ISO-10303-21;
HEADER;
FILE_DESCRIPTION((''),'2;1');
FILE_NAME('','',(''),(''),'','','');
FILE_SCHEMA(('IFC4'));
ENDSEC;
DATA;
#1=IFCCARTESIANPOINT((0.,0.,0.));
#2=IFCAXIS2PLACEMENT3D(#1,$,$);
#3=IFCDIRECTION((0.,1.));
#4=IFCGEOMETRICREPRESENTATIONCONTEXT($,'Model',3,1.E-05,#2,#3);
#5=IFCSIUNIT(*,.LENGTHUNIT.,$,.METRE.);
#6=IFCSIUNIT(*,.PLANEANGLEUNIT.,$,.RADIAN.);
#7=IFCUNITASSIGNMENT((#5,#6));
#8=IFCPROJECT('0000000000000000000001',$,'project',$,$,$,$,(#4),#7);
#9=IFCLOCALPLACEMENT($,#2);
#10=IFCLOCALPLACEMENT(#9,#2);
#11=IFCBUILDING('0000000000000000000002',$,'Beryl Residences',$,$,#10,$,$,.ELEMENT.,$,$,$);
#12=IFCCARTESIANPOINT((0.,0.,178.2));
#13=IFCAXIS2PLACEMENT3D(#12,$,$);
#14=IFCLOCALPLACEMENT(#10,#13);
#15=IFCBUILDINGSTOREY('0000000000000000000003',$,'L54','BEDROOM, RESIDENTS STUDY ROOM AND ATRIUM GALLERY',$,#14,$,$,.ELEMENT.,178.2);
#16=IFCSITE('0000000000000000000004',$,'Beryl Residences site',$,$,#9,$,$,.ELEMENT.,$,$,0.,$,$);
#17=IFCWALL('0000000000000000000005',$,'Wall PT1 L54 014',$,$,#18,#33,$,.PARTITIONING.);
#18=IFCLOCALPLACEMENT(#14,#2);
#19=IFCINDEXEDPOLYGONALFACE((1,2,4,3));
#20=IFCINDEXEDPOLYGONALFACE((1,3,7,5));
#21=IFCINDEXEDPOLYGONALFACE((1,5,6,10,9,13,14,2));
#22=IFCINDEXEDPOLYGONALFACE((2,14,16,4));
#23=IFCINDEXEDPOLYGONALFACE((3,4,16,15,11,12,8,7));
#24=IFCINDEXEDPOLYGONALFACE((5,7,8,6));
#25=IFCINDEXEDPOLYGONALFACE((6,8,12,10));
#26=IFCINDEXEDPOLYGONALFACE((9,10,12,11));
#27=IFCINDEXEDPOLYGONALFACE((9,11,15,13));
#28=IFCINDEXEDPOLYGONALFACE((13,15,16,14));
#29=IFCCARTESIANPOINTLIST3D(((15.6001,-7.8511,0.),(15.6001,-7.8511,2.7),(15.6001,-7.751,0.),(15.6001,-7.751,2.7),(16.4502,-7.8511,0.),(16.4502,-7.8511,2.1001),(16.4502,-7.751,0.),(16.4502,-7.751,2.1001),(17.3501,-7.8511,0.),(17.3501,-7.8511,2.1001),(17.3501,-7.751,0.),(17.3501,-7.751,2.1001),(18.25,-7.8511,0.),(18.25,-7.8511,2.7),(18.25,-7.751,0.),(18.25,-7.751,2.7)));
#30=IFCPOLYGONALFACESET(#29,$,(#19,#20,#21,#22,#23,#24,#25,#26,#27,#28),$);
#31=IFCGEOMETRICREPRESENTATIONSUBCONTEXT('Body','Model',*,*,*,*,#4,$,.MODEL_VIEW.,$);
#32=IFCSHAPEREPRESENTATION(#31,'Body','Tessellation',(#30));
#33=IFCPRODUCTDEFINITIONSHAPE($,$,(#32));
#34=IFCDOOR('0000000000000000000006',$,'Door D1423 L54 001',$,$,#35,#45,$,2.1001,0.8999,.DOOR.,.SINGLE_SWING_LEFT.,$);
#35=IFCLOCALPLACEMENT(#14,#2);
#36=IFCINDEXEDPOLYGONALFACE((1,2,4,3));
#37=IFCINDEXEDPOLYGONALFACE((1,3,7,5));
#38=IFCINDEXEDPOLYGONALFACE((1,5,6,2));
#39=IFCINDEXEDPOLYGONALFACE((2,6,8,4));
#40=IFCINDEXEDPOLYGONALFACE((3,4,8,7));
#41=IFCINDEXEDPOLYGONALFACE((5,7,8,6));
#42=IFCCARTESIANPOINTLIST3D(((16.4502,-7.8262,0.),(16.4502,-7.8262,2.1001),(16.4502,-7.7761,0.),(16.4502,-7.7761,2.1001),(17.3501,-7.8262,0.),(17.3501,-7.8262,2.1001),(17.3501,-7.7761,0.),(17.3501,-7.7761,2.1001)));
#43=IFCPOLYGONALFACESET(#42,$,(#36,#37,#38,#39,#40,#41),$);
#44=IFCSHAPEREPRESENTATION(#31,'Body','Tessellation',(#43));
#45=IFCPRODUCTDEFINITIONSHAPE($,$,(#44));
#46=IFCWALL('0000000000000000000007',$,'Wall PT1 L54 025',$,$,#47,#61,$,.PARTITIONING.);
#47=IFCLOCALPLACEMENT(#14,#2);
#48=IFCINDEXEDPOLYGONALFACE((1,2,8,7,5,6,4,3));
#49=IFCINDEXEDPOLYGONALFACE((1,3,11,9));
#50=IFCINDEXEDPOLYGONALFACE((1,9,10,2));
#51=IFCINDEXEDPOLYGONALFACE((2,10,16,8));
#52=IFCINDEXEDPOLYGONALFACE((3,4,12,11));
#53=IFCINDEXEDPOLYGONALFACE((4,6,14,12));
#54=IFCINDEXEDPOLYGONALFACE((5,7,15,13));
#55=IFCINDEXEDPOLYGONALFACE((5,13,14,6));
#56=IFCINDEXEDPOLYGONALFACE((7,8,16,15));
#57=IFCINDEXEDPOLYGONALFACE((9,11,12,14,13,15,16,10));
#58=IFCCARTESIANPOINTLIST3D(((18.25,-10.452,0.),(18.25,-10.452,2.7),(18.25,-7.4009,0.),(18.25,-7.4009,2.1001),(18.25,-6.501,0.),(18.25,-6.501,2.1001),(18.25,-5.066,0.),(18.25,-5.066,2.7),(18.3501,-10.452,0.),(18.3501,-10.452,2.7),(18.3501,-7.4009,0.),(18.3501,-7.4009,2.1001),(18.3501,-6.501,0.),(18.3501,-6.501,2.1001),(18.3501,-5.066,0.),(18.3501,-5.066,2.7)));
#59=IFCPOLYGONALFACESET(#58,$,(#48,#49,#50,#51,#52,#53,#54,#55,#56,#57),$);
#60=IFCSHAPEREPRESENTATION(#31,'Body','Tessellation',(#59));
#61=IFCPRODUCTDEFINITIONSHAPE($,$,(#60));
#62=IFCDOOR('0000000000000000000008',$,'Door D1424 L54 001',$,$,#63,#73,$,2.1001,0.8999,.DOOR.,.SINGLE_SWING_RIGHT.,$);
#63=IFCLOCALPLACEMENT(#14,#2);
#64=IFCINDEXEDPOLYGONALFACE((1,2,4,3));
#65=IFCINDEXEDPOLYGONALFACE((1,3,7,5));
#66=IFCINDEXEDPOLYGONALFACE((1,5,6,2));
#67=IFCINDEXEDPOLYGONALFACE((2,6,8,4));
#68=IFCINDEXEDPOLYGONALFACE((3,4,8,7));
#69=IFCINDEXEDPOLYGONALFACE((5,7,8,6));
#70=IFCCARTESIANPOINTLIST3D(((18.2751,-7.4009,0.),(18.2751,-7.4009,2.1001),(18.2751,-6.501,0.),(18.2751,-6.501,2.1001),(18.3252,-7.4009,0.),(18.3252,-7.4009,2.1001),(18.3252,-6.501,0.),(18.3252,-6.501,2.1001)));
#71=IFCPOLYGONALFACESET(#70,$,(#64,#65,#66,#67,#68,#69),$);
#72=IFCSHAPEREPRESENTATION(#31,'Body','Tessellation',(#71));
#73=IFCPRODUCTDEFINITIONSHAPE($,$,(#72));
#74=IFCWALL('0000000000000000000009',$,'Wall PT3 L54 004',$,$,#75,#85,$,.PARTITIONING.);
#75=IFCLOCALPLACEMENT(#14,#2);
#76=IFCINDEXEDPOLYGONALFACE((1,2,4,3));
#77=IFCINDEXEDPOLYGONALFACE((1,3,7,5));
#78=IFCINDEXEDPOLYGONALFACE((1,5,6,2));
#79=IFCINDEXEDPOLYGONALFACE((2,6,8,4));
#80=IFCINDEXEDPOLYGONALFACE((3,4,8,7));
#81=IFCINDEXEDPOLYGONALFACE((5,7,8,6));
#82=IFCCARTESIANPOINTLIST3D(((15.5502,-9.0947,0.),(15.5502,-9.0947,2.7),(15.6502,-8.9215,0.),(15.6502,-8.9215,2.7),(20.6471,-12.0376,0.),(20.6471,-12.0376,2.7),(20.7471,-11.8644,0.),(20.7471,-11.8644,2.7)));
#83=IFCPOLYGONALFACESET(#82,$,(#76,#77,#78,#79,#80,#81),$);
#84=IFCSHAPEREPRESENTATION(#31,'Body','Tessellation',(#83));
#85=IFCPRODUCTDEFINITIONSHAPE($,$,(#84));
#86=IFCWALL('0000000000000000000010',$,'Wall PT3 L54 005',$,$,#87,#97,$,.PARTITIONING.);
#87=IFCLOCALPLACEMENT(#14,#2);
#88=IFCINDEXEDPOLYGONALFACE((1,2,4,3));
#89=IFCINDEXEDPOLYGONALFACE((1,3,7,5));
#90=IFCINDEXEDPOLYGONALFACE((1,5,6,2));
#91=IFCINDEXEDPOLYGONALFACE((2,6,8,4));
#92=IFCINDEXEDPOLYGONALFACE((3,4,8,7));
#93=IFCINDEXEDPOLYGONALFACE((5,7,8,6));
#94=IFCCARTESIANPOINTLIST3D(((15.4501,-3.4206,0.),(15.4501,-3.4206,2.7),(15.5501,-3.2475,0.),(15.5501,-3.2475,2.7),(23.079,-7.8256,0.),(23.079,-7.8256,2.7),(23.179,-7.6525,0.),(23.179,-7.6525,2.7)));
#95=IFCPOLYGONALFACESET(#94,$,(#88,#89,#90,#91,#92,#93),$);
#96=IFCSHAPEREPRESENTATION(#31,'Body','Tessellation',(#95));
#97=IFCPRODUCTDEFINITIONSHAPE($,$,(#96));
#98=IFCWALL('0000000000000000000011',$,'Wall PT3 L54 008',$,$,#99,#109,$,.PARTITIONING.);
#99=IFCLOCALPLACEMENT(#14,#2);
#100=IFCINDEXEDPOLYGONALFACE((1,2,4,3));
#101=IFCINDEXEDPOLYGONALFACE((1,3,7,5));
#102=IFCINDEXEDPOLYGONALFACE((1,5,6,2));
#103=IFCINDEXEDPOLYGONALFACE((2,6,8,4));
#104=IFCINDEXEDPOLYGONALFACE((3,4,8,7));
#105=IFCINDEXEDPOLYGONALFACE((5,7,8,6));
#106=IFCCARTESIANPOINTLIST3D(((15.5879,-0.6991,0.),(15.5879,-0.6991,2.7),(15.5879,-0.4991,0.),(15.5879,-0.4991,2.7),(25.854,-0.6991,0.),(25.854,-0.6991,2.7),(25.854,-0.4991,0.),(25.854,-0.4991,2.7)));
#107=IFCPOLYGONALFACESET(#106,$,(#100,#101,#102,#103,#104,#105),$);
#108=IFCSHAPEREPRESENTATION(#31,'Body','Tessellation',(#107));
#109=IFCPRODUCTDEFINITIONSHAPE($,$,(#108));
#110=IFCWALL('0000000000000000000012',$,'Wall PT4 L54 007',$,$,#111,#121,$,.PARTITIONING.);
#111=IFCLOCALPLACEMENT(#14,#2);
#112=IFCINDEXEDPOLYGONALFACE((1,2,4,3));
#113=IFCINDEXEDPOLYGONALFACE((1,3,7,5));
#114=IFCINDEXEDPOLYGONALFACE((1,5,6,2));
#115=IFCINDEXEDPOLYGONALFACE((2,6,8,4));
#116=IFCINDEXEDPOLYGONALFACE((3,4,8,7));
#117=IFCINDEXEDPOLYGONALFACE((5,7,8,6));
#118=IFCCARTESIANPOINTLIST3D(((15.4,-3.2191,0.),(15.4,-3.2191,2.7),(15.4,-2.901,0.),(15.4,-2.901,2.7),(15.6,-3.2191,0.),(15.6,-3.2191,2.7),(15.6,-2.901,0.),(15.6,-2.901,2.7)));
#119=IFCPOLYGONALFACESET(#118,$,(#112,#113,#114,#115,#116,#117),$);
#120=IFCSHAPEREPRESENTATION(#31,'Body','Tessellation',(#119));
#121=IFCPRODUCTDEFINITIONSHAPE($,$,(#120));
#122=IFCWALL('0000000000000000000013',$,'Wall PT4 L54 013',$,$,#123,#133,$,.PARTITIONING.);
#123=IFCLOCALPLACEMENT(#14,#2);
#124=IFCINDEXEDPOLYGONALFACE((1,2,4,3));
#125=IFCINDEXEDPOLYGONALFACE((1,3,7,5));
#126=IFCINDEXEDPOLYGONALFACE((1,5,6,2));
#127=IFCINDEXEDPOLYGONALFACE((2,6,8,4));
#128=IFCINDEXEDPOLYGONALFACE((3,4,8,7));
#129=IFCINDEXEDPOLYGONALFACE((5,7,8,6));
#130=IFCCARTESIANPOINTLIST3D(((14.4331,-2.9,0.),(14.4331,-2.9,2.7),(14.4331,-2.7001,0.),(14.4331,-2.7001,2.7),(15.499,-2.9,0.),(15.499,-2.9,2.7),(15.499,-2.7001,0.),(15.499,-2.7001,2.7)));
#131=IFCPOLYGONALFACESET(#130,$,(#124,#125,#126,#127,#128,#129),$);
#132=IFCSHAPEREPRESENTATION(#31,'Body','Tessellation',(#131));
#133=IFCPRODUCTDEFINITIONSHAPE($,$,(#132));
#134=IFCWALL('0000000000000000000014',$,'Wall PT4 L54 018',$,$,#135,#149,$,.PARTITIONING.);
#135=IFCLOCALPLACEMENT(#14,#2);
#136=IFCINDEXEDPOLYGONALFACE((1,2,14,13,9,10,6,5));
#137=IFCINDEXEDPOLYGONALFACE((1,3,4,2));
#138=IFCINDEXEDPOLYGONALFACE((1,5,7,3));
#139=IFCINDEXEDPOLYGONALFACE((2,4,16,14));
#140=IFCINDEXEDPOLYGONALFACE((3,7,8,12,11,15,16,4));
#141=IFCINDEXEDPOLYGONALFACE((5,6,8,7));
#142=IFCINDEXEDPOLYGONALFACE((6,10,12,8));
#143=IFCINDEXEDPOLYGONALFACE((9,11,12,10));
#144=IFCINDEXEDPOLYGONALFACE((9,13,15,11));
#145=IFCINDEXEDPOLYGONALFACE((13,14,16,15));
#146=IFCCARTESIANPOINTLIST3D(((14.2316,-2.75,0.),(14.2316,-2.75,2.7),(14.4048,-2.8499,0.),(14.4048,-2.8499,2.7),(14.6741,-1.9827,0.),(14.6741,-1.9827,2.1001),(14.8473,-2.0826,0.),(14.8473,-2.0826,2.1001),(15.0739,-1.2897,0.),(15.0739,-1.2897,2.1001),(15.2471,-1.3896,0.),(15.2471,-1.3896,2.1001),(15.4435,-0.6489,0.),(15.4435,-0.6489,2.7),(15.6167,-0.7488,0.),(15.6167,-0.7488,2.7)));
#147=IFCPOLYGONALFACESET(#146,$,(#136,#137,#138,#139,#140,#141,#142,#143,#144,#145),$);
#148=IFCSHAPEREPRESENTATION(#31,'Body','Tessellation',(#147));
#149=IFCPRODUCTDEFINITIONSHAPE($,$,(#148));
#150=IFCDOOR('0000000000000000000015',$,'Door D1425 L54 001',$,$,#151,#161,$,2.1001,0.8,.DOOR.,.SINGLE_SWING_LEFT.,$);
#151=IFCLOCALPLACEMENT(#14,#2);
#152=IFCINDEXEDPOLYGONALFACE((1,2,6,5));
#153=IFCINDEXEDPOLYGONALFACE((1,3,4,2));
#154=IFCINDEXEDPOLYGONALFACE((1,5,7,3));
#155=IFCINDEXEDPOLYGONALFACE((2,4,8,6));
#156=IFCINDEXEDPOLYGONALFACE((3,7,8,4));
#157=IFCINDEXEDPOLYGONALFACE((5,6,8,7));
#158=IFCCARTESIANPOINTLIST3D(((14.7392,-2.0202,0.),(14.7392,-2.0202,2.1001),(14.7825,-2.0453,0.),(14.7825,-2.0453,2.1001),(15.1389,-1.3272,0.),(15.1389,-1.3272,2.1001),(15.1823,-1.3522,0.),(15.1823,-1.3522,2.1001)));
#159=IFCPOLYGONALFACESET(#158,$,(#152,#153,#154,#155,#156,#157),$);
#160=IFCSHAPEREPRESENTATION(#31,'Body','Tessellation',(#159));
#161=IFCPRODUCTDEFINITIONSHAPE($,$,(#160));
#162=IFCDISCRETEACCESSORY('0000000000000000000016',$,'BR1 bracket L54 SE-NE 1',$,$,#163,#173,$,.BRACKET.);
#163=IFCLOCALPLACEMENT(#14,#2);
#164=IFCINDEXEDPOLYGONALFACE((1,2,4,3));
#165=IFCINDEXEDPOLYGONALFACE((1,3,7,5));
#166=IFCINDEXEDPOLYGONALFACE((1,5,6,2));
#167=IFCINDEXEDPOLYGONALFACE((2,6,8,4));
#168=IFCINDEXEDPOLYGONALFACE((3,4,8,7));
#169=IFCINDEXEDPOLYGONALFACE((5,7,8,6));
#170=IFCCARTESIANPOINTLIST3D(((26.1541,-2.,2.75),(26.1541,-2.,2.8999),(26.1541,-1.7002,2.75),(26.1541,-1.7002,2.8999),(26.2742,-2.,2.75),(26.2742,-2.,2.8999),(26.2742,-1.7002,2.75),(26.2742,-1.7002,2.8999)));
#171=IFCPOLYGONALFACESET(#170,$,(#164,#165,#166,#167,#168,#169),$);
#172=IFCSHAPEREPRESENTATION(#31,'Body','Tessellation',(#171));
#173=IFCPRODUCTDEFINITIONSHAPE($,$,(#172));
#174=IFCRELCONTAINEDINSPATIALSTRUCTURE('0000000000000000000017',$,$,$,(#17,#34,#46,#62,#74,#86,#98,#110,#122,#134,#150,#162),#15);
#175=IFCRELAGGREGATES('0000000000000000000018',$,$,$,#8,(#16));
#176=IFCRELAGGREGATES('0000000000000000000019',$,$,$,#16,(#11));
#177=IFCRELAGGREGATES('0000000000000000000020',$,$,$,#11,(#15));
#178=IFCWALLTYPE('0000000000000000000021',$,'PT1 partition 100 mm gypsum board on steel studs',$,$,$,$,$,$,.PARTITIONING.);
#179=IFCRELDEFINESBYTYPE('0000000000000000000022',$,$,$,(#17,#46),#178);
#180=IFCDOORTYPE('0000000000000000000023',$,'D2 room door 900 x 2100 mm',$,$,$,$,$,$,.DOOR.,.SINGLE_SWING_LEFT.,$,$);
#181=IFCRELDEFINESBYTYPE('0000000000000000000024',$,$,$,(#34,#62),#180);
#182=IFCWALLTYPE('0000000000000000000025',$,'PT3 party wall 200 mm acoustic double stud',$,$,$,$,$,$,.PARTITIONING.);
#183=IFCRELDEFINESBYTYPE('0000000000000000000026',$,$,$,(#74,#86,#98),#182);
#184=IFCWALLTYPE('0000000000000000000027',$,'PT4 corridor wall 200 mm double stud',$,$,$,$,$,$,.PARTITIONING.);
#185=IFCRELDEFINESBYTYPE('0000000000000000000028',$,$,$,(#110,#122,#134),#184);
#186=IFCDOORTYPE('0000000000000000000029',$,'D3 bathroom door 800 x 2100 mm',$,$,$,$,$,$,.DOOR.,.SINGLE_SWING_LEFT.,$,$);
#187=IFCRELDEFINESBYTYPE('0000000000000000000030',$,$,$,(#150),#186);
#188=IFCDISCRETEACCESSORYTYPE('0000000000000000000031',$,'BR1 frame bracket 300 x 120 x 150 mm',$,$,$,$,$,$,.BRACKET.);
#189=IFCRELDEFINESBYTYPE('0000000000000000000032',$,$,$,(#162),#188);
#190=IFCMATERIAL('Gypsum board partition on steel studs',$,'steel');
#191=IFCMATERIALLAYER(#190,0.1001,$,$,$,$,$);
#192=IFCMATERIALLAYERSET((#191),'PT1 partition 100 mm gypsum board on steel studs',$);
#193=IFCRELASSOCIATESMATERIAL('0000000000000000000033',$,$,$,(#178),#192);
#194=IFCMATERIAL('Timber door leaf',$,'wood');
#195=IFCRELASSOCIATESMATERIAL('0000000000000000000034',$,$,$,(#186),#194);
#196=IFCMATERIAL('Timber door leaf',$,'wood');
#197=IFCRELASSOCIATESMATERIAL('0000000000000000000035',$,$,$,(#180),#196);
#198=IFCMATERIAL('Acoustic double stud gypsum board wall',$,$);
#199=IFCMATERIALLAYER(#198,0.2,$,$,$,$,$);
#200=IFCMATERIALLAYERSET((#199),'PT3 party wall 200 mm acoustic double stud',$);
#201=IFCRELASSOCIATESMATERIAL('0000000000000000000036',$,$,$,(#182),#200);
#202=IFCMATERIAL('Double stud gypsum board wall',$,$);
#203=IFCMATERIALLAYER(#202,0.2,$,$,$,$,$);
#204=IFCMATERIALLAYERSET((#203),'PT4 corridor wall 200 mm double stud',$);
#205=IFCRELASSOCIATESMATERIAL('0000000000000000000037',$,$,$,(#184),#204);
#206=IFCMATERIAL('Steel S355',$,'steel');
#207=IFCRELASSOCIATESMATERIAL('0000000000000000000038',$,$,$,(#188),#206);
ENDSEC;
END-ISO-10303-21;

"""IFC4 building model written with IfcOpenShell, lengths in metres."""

from ifc_helpers import new_model, si_unit, direction, frame, frame_2d, origin, place, context, subcontext, project, spatial, polyline, rectangle, outline, extrude, source, transform, mapped, material, layer, layer_set, type_object, type_shapes, element, fill, save


model = new_model("IFC4")

# Units and contexts
model_context = context("Model", 3, precision=1e-05, world=origin(), true_north=direction((0.0, 1.0)))
body_context = subcontext(model_context, "Body", "Model", "MODEL_VIEW")
ifc_project = project(units=[si_unit("LENGTHUNIT", "METRE"), si_unit("PLANEANGLEUNIT", "RADIAN")], contexts=[model_context])

# Site, building, storey
site_placement = place(None, origin())
site = spatial("IfcSite", under=ifc_project, at=site_placement, Name="Beryl Residences site", CompositionType="ELEMENT", RefElevation=0.0)
building_placement = place(site_placement, origin())
building = spatial("IfcBuilding", under=site, at=building_placement, Name="Beryl Residences", CompositionType="ELEMENT")
storey_placement = place(building_placement, frame((0.0, 0.0, 178.2)))
storey = spatial("IfcBuildingStorey", under=building, at=storey_placement, Name="L54", Description="BEDROOM, RESIDENTS STUDY ROOM AND ATRIUM GALLERY", CompositionType="ELEMENT", Elevation=178.2)

# Walls, openings, doors
ifc_material_1 = material(Name="Gypsum board partition on steel studs", Category="steel")
ifc_layer_1 = layer(ifc_material_1, 0.1001)
ifc_layer_set_1 = layer_set([ifc_layer_1], Name="PT1 partition 100 mm gypsum board on steel studs")
wall_type_1 = type_object("IfcWallType", Name="PT1 partition 100 mm gypsum board on steel studs", PredefinedType="PARTITIONING", material=ifc_layer_set_1)
ifc_material_2 = material(Name="Timber door leaf", Category="wood")
door_type_1 = type_object("IfcDoorType", Name="D3 bathroom door 800 x 2100 mm", OperationType="SINGLE_SWING_LEFT", PredefinedType="DOOR", material=ifc_material_2)
wall_1_placement = place(storey_placement, frame((15.6001, -7.801, 0.0), z_axis=(0.0, 0.0, 1.0), x_axis=(1.0, 0.0, 0.0)))
wall_1 = element("IfcWall", 1, at=wall_1_placement, inside=storey, type_object=wall_type_1, Name="Wall PT1 L54 014", PredefinedType="PARTITIONING", context=body_context, shape_type="SweptSolid", body=[
    extrude(rectangle(XDim=2.6499, YDim=0.1001, at=frame_2d((1.325, 0.0))), origin(), (0.0, 0.0, 1.0), 2.7),
])
opening_1_placement = place(wall_1_placement, frame((0.8501, 0.0, 0.0)))
opening_1 = element("IfcOpeningElement", 2, at=opening_1_placement, cuts=wall_1, PredefinedType="OPENING", context=body_context, shape_type="SweptSolid", body=[
    extrude(rectangle(XDim=0.8999, YDim=2.1001, at=frame_2d((0.45, 1.05))), frame((0.0, 0.0601, 0.0), z_axis=(0.0, -1.0, 0.0), x_axis=(1.0, 0.0, 0.0)), (0.0, 0.0, 1.0), 0.1201),
])
ifc_material_3 = material(Name="Timber door leaf", Category="wood")
door_type_2 = type_object("IfcDoorType", Name="D2 room door 900 x 2100 mm", OperationType="SINGLE_SWING_LEFT", PredefinedType="DOOR", material=ifc_material_3)
door_1_placement = place(opening_1_placement, origin())
door_1 = element("IfcDoor", 3, at=door_1_placement, inside=storey, type_object=door_type_2, Name="Door D1423 L54 001", OperationType="SINGLE_SWING_LEFT", OverallHeight=2.1001, OverallWidth=0.8999, PredefinedType="DOOR", context=body_context, shape_type="SweptSolid", body=[
    extrude(rectangle(XDim=0.8999, YDim=2.1001, at=frame_2d((0.45, 1.05))), frame((0.0, 0.0249, 0.0), z_axis=(0.0, -1.0, 0.0), x_axis=(1.0, 0.0, 0.0)), (0.0, 0.0, 1.0), 0.05),
])
fill(opening_1, door_1)
wall_2_placement = place(storey_placement, frame((18.3, -10.4519, 0.0), z_axis=(0.0, 0.0, 1.0), x_axis=(0.0, 1.0, 0.0)))
wall_2 = element("IfcWall", 4, at=wall_2_placement, inside=storey, type_object=wall_type_1, Name="Wall PT1 L54 025", PredefinedType="PARTITIONING", context=body_context, shape_type="SweptSolid", body=[
    extrude(rectangle(XDim=5.386, YDim=0.1001, at=frame_2d((2.6929, 0.0))), origin(), (0.0, 0.0, 1.0), 2.7),
])
opening_2_placement = place(wall_2_placement, frame((3.051, 0.0, 0.0)))
opening_2 = element("IfcOpeningElement", 5, at=opening_2_placement, cuts=wall_2, PredefinedType="OPENING", context=body_context, shape_type="SweptSolid", body=[
    extrude(rectangle(XDim=0.8999, YDim=2.1001, at=frame_2d((0.45, 1.05))), frame((0.0, 0.0601, 0.0), z_axis=(0.0, -1.0, 0.0), x_axis=(1.0, 0.0, 0.0)), (0.0, 0.0, 1.0), 0.1201),
])
door_2_placement = place(opening_2_placement, origin())
door_2 = element("IfcDoor", 6, at=door_2_placement, inside=storey, type_object=door_type_2, Name="Door D1424 L54 001", OperationType="SINGLE_SWING_RIGHT", OverallHeight=2.1001, OverallWidth=0.8999, PredefinedType="DOOR", context=body_context, shape_type="SweptSolid", body=[
    extrude(rectangle(XDim=0.8999, YDim=2.1001, at=frame_2d((0.45, 1.05))), frame((0.0, 0.0249, 0.0), z_axis=(0.0, -1.0, 0.0), x_axis=(1.0, 0.0, 0.0)), (0.0, 0.0, 1.0), 0.05),
])
fill(opening_2, door_2)

# Walls
ifc_material_4 = material(Name="Acoustic double stud gypsum board wall")
ifc_layer_2 = layer(ifc_material_4, 0.2)
ifc_layer_set_2 = layer_set([ifc_layer_2], Name="PT3 party wall 200 mm acoustic double stud")
wall_type_2 = type_object("IfcWallType", Name="PT3 party wall 200 mm acoustic double stud", PredefinedType="PARTITIONING", material=ifc_layer_set_2)
wall_3_placement = place(storey_placement, frame((15.6001, -9.0081, 0.0), z_axis=(0.0, 0.0, 1.0), x_axis=(0.866014, -0.50002, 0.0)))
element("IfcWall", 7, at=wall_3_placement, inside=storey, type_object=wall_type_2, Name="Wall PT3 L54 004", PredefinedType="PARTITIONING", context=body_context, shape_type="SweptSolid", body=[
    extrude(rectangle(XDim=5.8855, YDim=0.2, at=frame_2d((2.9429, 0.0))), origin(), (0.0, 0.0, 1.0), 2.7),
])
wall_4_placement = place(storey_placement, frame((15.5, -3.334, 0.0), z_axis=(0.0, 0.0, 1.0), x_axis=(0.866002, -0.500041, 0.0)))
element("IfcWall", 8, at=wall_4_placement, inside=storey, type_object=wall_type_2, Name="Wall PT3 L54 005", PredefinedType="PARTITIONING", context=body_context, shape_type="SweptSolid", body=[
    extrude(rectangle(XDim=8.8093, YDim=0.2, at=frame_2d((4.4048, 0.0))), origin(), (0.0, 0.0, 1.0), 2.7),
])
wall_5_placement = place(storey_placement, frame((15.5879, -0.5991, 0.0), z_axis=(0.0, 0.0, 1.0), x_axis=(1.0, 0.0, 0.0)))
element("IfcWall", 9, at=wall_5_placement, inside=storey, type_object=wall_type_2, Name="Wall PT3 L54 008", PredefinedType="PARTITIONING", context=body_context, shape_type="SweptSolid", body=[
    extrude(rectangle(XDim=10.2661, YDim=0.2, at=frame_2d((5.1331, 0.0))), origin(), (0.0, 0.0, 1.0), 2.7),
])
ifc_material_5 = material(Name="Double stud gypsum board wall")
ifc_layer_3 = layer(ifc_material_5, 0.2)
ifc_layer_set_3 = layer_set([ifc_layer_3], Name="PT4 corridor wall 200 mm double stud")
wall_type_3 = type_object("IfcWallType", Name="PT4 corridor wall 200 mm double stud", PredefinedType="PARTITIONING", material=ifc_layer_set_3)
wall_6_placement = place(storey_placement, frame((15.5, -2.9009, 0.0), z_axis=(0.0, 0.0, 1.0), x_axis=(0.0, -1.0, 0.0)))
element("IfcWall", 10, at=wall_6_placement, inside=storey, type_object=wall_type_3, Name="Wall PT4 L54 007", PredefinedType="PARTITIONING", context=body_context, shape_type="SweptSolid", body=[
    extrude(rectangle(XDim=0.3181, YDim=0.2, at=frame_2d((0.1592, 0.0))), origin(), (0.0, 0.0, 1.0), 2.7),
])
wall_7_placement = place(storey_placement, frame((14.4331, -2.8, 0.0), z_axis=(0.0, 0.0, 1.0), x_axis=(1.0, 0.0, 0.0)))
element("IfcWall", 11, at=wall_7_placement, inside=storey, type_object=wall_type_3, Name="Wall PT4 L54 013", PredefinedType="PARTITIONING", context=body_context, shape_type="SweptSolid", body=[
    extrude(rectangle(XDim=1.0659, YDim=0.2, at=frame_2d((0.533, 0.0))), origin(), (0.0, 0.0, 1.0), 2.7),
])

# Wall, opening, door
wall_8_placement = place(storey_placement, frame((14.3181, -2.8, 0.0), z_axis=(0.0, 0.0, 1.0), x_axis=(0.499647, 0.866229, 0.0)))
wall_8 = element("IfcWall", 12, at=wall_8_placement, inside=storey, type_object=wall_type_3, Name="Wall PT4 L54 018", PredefinedType="PARTITIONING", context=body_context, shape_type="SweptSolid", body=[
    extrude(rectangle(XDim=2.4255, YDim=0.2, at=frame_2d((1.2129, 0.0))), origin(), (0.0, 0.0, 1.0), 2.7),
])
opening_3_placement = place(wall_8_placement, frame((0.886, 0.0, 0.0)))
opening_3 = element("IfcOpeningElement", 13, at=opening_3_placement, cuts=wall_8, PredefinedType="OPENING", context=body_context, shape_type="SweptSolid", body=[
    extrude(rectangle(XDim=0.8, YDim=2.1001, at=frame_2d((0.3999, 1.05))), frame((0.0, 0.1099, 0.0), z_axis=(0.0, -1.0, 0.0), x_axis=(1.0, 0.0, 0.0)), (0.0, 0.0, 1.0), 0.22),
])
door_3_placement = place(opening_3_placement, origin())
door_3 = element("IfcDoor", 14, at=door_3_placement, inside=storey, type_object=door_type_1, Name="Door D1425 L54 001", OperationType="SINGLE_SWING_LEFT", OverallHeight=2.1001, OverallWidth=0.8, PredefinedType="DOOR", context=body_context, shape_type="SweptSolid", body=[
    extrude(rectangle(XDim=0.8, YDim=2.1001, at=frame_2d((0.3999, 1.05))), frame((0.0, 0.0249, 0.0), z_axis=(0.0, -1.0, 0.0), x_axis=(1.0, 0.0, 0.0)), (0.0, 0.0, 1.0), 0.05),
])
fill(opening_3, door_3)

# Discrete accessory
ifc_material_6 = material(Name="Steel S355", Category="steel")
discrete_accessory_type = type_object("IfcDiscreteAccessoryType", Name="BR1 frame bracket 300 x 120 x 150 mm", PredefinedType="BRACKET", material=ifc_material_6)
shared_shape_1 = source(origin(), body_context, "Body", "SweptSolid", [
    extrude(outline(polyline([(-0.1499, 0.0), (0.1499, 0.0), (0.1499, 0.1201), (-0.1499, 0.1201), (-0.1499, 0.0)])), origin(), (0.0, 0.0, 1.0), 0.1499),
])
type_shapes(discrete_accessory_type, [shared_shape_1])
discrete_accessory_placement = place(storey_placement, frame((26.1541, -1.8501, 2.75), z_axis=(0.0, 0.0, 1.0), x_axis=(0.0, -1.0, 0.0)))
element("IfcDiscreteAccessory", 15, at=discrete_accessory_placement, inside=storey, type_object=discrete_accessory_type, Name="BR1 bracket L54 SE-NE 1", PredefinedType="BRACKET", context=body_context, shape_type="MappedRepresentation", body=[
    mapped(shared_shape_1, transform((0.0, 0.0, 0.0))),
])

save(model, "model.ifc")
